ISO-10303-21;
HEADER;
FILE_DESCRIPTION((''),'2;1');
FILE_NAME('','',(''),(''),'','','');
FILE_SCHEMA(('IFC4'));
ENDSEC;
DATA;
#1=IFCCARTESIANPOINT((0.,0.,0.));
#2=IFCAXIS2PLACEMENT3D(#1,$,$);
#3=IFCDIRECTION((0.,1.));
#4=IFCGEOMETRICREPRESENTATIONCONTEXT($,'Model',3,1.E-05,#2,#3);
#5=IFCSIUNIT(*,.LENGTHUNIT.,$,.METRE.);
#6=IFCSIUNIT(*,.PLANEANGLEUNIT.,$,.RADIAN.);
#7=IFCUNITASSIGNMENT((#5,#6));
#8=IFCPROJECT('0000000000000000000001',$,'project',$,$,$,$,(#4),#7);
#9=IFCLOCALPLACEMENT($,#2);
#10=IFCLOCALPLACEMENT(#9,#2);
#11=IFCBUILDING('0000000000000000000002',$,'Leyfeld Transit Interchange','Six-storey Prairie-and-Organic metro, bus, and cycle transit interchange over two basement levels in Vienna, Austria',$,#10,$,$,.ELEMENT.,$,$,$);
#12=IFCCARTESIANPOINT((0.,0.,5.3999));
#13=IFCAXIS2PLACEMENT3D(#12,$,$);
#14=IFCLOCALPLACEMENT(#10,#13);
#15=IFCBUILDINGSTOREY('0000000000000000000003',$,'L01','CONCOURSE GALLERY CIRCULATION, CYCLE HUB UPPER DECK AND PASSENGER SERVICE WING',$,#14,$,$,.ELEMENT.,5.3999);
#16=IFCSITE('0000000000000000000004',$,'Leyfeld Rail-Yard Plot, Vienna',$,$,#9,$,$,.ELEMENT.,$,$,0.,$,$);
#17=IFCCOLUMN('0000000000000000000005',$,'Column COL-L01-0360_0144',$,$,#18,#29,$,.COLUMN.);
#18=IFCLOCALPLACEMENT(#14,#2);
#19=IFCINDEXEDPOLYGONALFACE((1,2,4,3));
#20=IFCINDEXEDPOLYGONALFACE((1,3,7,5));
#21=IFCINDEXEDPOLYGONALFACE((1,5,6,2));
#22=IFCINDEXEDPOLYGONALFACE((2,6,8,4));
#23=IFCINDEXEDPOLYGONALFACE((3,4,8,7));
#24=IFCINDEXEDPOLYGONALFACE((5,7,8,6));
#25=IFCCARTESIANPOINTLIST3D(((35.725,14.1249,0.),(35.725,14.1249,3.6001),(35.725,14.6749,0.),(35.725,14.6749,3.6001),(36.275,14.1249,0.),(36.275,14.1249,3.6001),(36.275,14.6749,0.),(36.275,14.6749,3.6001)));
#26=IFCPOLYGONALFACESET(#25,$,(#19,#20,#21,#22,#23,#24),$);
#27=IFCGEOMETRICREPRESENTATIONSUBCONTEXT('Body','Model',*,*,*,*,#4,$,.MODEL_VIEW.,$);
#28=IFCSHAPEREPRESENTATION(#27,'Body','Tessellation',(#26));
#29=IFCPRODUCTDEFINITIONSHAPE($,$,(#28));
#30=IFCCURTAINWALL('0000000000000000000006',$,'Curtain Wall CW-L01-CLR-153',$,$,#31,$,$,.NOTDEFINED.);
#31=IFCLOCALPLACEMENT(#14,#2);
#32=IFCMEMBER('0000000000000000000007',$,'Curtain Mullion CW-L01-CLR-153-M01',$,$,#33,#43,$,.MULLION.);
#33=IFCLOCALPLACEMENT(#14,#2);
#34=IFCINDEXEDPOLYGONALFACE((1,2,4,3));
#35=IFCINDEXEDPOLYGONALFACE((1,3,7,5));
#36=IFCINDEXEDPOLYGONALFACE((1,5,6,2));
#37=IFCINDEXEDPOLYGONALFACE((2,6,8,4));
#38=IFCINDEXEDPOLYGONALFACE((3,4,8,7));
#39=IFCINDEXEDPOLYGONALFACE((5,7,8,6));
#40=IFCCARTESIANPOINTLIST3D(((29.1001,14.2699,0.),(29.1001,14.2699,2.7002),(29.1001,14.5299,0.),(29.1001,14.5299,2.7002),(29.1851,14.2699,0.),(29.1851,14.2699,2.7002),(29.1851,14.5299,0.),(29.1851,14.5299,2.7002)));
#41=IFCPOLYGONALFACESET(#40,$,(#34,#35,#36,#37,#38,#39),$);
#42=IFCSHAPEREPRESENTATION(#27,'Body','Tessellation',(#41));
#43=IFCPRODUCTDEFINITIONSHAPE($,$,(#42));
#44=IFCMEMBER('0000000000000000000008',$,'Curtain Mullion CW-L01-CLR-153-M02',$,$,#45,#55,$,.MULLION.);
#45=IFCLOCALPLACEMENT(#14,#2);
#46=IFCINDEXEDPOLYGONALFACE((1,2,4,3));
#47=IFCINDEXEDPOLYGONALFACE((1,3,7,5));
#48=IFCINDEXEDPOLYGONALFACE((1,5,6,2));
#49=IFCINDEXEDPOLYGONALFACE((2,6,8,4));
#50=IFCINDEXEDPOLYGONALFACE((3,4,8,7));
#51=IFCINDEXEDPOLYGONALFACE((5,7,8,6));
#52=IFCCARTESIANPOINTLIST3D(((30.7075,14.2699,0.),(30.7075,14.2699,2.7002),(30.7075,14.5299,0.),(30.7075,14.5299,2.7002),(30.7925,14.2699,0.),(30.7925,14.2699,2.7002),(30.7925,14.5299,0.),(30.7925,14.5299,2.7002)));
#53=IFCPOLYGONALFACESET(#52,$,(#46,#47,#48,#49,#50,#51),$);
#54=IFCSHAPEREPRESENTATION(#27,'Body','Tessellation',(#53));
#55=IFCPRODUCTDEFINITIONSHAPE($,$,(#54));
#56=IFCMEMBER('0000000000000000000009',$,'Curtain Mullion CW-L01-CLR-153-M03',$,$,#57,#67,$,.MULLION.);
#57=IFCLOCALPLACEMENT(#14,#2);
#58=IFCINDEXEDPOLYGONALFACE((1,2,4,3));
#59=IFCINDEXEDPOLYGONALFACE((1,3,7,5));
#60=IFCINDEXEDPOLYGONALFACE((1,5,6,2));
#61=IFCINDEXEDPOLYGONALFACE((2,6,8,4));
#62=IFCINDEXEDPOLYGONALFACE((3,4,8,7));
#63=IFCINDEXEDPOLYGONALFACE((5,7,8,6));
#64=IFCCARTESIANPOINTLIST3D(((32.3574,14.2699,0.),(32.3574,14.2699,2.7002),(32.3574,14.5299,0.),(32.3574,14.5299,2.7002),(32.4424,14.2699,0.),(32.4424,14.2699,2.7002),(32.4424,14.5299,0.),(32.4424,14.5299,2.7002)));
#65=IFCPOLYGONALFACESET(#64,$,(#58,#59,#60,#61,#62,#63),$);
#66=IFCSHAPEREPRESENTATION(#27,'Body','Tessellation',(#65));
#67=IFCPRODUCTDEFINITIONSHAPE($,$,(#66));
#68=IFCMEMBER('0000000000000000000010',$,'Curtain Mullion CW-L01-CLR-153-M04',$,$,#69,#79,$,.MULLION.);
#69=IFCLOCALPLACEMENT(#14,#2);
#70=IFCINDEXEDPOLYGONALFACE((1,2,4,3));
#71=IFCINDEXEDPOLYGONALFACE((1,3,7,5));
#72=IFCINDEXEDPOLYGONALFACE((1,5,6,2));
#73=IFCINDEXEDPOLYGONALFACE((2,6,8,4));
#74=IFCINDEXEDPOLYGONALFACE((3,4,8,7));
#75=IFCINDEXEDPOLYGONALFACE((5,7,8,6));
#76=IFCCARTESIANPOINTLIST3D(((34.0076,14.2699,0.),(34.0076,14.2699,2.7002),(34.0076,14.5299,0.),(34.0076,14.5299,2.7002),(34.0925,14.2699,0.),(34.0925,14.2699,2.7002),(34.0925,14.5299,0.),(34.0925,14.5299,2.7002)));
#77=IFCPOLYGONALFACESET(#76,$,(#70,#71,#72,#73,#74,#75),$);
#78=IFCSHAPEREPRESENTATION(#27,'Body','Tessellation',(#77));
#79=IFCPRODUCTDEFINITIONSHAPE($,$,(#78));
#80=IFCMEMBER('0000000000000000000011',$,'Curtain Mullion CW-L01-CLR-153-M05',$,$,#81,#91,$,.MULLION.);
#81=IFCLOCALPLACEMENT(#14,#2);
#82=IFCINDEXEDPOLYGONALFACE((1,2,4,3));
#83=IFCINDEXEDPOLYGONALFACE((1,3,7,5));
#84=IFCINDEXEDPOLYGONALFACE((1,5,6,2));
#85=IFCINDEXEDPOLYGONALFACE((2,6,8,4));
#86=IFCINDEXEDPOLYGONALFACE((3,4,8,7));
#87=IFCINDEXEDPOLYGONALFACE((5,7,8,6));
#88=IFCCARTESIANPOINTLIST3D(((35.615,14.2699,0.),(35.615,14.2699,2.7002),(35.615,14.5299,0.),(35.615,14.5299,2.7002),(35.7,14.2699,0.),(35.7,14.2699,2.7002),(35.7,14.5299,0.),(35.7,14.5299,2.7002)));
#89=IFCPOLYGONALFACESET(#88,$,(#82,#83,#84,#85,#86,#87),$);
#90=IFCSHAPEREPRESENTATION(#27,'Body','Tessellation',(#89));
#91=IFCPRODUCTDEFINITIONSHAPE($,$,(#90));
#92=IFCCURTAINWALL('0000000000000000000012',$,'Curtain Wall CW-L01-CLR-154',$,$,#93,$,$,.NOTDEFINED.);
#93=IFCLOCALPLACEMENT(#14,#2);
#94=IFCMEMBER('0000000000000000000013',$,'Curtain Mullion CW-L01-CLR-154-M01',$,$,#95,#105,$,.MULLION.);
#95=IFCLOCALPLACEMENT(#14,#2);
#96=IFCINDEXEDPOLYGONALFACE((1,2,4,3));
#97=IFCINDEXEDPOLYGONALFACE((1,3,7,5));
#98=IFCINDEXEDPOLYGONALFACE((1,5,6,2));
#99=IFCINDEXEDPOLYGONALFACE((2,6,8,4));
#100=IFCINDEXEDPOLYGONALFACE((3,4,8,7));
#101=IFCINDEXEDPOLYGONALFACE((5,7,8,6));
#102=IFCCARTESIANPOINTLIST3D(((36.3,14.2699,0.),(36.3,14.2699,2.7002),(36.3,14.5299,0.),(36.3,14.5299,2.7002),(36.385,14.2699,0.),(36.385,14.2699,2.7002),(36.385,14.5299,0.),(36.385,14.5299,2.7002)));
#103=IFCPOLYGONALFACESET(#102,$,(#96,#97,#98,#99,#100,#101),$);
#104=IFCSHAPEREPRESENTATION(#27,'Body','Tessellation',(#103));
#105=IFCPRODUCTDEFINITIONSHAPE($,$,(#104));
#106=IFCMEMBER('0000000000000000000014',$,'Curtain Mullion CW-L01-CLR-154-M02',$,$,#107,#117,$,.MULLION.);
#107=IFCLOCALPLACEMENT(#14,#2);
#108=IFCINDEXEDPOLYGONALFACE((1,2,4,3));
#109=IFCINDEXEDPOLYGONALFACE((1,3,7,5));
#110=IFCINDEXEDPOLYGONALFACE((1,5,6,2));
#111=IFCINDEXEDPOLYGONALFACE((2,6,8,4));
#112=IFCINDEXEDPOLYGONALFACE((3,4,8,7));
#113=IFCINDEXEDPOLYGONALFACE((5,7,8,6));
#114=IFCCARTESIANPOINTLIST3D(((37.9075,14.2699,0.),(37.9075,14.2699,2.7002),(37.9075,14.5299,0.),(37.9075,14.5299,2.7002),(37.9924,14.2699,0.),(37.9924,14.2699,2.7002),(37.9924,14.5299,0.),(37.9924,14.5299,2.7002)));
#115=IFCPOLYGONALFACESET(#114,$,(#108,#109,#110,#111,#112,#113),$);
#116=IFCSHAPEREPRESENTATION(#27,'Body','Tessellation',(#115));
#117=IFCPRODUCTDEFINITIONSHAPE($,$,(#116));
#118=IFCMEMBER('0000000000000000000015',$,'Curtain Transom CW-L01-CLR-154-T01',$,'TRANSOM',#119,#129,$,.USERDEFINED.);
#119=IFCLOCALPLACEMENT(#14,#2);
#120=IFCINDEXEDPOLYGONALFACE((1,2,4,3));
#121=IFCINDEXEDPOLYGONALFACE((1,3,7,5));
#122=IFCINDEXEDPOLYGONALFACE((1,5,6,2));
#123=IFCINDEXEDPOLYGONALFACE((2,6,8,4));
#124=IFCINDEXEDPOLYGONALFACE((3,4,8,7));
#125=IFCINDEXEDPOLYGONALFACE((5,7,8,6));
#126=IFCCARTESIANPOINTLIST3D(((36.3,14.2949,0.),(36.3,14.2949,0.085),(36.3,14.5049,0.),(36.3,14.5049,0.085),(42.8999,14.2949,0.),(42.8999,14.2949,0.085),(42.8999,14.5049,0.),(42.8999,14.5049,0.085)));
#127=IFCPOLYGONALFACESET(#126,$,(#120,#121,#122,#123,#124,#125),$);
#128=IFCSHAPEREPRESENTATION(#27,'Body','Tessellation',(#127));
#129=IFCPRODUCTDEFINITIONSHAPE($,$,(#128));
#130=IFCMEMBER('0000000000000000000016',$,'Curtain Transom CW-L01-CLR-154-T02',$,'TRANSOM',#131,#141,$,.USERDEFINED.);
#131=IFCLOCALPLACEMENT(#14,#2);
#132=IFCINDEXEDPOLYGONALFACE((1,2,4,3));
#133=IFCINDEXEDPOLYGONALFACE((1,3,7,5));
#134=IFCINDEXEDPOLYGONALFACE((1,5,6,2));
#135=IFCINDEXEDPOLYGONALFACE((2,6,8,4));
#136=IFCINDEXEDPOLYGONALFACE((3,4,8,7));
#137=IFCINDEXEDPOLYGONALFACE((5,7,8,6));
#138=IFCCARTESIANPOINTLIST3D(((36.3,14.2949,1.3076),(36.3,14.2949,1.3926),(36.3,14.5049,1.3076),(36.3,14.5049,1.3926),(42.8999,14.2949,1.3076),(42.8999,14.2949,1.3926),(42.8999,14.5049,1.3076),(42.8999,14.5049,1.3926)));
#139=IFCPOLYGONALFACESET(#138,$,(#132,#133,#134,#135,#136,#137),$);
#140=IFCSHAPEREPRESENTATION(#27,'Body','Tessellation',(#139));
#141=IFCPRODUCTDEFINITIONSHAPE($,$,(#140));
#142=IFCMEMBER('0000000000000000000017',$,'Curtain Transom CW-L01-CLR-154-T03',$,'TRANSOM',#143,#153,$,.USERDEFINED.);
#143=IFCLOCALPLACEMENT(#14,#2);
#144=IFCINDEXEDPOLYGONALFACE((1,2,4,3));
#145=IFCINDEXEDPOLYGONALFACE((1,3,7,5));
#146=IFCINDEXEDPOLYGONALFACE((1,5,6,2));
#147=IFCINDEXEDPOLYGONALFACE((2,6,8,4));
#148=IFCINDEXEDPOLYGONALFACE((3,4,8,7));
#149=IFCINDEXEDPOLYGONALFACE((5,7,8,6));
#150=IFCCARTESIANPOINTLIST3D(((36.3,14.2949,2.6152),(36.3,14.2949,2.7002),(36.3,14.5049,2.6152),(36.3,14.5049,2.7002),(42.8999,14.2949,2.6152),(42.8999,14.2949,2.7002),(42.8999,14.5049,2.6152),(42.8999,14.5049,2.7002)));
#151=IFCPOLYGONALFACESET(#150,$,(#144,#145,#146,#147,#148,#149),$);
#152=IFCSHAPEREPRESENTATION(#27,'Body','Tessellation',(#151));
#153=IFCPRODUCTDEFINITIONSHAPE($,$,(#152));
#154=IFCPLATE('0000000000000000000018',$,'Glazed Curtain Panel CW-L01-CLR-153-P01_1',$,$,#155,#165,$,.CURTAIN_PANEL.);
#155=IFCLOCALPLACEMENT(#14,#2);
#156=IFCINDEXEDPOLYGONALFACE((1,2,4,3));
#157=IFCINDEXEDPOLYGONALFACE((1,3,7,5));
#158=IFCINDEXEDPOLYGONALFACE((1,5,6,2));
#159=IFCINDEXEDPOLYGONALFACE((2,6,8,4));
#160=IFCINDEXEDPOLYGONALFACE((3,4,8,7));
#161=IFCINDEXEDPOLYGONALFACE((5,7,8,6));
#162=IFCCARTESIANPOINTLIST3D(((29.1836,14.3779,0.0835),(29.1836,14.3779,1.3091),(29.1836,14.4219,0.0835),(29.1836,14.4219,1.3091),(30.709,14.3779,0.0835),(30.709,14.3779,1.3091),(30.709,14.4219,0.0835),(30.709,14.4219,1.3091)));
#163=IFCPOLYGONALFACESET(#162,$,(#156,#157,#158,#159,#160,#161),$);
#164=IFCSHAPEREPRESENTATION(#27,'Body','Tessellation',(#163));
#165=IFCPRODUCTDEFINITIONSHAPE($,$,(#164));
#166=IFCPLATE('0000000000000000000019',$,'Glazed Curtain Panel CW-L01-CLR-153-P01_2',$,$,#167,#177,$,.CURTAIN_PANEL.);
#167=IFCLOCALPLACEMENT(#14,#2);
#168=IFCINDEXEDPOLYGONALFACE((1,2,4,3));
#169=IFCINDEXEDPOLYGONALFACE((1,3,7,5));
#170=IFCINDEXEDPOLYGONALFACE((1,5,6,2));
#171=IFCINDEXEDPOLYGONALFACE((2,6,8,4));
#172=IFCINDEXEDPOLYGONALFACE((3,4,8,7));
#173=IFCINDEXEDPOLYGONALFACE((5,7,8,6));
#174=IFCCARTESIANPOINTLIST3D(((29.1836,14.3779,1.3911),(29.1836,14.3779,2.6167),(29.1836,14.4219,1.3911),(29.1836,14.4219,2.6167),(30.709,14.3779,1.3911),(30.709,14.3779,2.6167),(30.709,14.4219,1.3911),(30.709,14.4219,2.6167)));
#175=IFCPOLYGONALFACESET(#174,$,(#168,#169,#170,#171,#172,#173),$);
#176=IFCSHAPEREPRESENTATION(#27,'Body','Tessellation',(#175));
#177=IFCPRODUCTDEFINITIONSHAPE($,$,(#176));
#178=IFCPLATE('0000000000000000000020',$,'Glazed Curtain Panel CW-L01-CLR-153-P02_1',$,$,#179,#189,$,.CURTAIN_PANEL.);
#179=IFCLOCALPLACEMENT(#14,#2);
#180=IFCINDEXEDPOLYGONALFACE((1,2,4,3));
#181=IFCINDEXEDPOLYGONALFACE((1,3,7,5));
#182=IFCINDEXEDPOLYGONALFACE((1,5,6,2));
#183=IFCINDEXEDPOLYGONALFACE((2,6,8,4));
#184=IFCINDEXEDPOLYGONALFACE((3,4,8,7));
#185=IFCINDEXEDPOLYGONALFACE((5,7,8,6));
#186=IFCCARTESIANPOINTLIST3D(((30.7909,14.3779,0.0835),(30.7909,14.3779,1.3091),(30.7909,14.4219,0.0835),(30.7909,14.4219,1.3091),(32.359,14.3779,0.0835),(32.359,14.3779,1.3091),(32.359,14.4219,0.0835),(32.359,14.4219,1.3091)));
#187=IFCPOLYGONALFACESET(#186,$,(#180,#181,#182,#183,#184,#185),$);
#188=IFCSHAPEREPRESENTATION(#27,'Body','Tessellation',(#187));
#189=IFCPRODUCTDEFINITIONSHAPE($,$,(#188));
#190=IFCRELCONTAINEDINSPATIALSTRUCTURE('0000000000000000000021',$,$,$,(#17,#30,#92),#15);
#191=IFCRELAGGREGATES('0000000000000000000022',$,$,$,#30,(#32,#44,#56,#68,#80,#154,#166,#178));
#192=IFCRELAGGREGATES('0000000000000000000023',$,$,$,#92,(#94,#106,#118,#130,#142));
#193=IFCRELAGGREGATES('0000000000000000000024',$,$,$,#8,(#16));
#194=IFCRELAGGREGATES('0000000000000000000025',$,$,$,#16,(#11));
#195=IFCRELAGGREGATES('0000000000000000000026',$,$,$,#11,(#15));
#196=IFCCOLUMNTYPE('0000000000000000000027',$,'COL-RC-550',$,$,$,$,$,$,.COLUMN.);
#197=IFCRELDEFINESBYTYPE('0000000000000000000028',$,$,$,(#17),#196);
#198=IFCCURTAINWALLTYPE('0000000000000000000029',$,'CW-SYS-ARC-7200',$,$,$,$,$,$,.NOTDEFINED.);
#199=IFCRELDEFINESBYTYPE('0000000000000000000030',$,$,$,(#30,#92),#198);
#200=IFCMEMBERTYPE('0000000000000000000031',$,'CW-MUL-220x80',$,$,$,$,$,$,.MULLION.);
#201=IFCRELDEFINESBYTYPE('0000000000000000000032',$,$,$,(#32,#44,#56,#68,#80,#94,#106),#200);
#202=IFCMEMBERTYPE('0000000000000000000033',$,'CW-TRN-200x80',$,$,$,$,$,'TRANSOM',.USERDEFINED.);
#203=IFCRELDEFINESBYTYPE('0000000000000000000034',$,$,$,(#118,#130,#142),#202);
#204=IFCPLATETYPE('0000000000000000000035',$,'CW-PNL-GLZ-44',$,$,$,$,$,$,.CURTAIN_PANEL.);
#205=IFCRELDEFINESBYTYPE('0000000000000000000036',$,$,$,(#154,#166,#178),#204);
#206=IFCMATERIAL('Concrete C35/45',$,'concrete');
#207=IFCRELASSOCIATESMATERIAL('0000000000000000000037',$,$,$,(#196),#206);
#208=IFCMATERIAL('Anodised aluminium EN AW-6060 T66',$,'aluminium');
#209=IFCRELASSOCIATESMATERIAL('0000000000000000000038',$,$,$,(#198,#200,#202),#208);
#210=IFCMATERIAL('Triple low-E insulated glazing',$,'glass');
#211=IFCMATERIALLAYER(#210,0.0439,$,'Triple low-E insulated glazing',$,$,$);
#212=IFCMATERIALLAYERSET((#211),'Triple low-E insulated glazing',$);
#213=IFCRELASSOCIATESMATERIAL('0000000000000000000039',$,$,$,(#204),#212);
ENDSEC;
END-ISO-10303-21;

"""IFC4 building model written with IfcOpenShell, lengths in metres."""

from ifc_helpers import new_model, si_unit, direction, frame, origin, origin_2d, place, context, subcontext, project, spatial, rectangle, extrude, material, layer, layer_set, material_profile, profile_set, type_object, element, aggregate, save


model = new_model("IFC4")

# Units and contexts
model_context = context("Model", 3, precision=1e-05, world=origin(), true_north=direction((0.0, 1.0)))
body_context = subcontext(model_context, "Body", "Model", "MODEL_VIEW")
ifc_project = project(units=[si_unit("LENGTHUNIT", "METRE"), si_unit("PLANEANGLEUNIT", "RADIAN")], contexts=[model_context])

# Site, building, storey
site_placement = place(None, origin())
site = spatial("IfcSite", under=ifc_project, at=site_placement, Name="Leyfeld Rail-Yard Plot, Vienna", CompositionType="ELEMENT", RefElevation=0.0)
building_placement = place(site_placement, origin())
building = spatial("IfcBuilding", under=site, at=building_placement, Name="Leyfeld Transit Interchange", Description="Six-storey Prairie-and-Organic metro, bus, and cycle transit interchange over two basement levels in Vienna, Austria", CompositionType="ELEMENT")
storey_placement = place(building_placement, frame((0.0, 0.0, 5.3999)))
storey = spatial("IfcBuildingStorey", under=building, at=storey_placement, Name="L01", Description="CONCOURSE GALLERY CIRCULATION, CYCLE HUB UPPER DECK AND PASSENGER SERVICE WING", CompositionType="ELEMENT", Elevation=5.3999)

# Column
ifc_material_1 = material(Name="Concrete C35/45", Category="concrete")
ifc_material_profile_1 = material_profile(ifc_material_1, rectangle(XDim=0.55, YDim=0.55, at=origin_2d()), Name="RC 550x550")
ifc_profile_set_1 = profile_set([ifc_material_profile_1], Name="Concrete C35/45")
column_type = type_object("IfcColumnType", Name="COL-RC-550", PredefinedType="COLUMN", material=ifc_profile_set_1)
column_placement = place(storey_placement, frame((36.0, 14.3999, 0.0), z_axis=(0.0, 0.0, 1.0), x_axis=(1.0, 0.0, 0.0)))
element("IfcColumn", 1, at=column_placement, inside=storey, type_object=column_type, Name="Column COL-L01-0360_0144", PredefinedType="COLUMN", context=body_context, shape_type="SweptSolid", body=[
    extrude(rectangle(XDim=0.55, YDim=0.55, at=origin_2d()), origin(), (0.0, 0.0, 1.0), 3.6001),
])

# Curtain walls, members
ifc_material_2 = material(Name="Anodised aluminium EN AW-6060 T66", Category="aluminium")
curtain_wall_type = type_object("IfcCurtainWallType", Name="CW-SYS-ARC-7200", PredefinedType="NOTDEFINED", material=ifc_material_2)
curtain_wall_1_placement = place(storey_placement, origin())
curtain_wall_1 = element("IfcCurtainWall", 2, at=curtain_wall_1_placement, inside=storey, type_object=curtain_wall_type, Name="Curtain Wall CW-L01-CLR-153", PredefinedType="NOTDEFINED")
ifc_material_profile_2 = material_profile(ifc_material_2, rectangle(XDim=0.085, YDim=0.26, at=origin_2d()), Name="CW-M 85x260")
ifc_profile_set_2 = profile_set([ifc_material_profile_2], Name="Anodised aluminium EN AW-6060 T66")
member_type_1 = type_object("IfcMemberType", Name="CW-MUL-220x80", PredefinedType="MULLION", material=ifc_profile_set_2)
member_1_placement = place(storey_placement, frame((29.1426, 14.3999, 0.0), z_axis=(0.0, 0.0, 1.0), x_axis=(1.0, 0.0, 0.0)))
member_1 = element("IfcMember", 3, at=member_1_placement, type_object=member_type_1, Name="Curtain Mullion CW-L01-CLR-153-M01", PredefinedType="MULLION", context=body_context, shape_type="SweptSolid", body=[
    extrude(rectangle(XDim=0.085, YDim=0.26, at=origin_2d()), origin(), (0.0, 0.0, 1.0), 2.7002),
])
member_2_placement = place(storey_placement, frame((30.75, 14.3999, 0.0), z_axis=(0.0, 0.0, 1.0), x_axis=(1.0, 0.0, 0.0)))
member_2 = element("IfcMember", 4, at=member_2_placement, type_object=member_type_1, Name="Curtain Mullion CW-L01-CLR-153-M02", PredefinedType="MULLION", context=body_context, shape_type="SweptSolid", body=[
    extrude(rectangle(XDim=0.085, YDim=0.26, at=origin_2d()), origin(), (0.0, 0.0, 1.0), 2.7002),
])
member_3_placement = place(storey_placement, frame((32.3999, 14.3999, 0.0), z_axis=(0.0, 0.0, 1.0), x_axis=(1.0, 0.0, 0.0)))
member_3 = element("IfcMember", 5, at=member_3_placement, type_object=member_type_1, Name="Curtain Mullion CW-L01-CLR-153-M03", PredefinedType="MULLION", context=body_context, shape_type="SweptSolid", body=[
    extrude(rectangle(XDim=0.085, YDim=0.26, at=origin_2d()), origin(), (0.0, 0.0, 1.0), 2.7002),
])
member_4_placement = place(storey_placement, frame((34.05, 14.3999, 0.0), z_axis=(0.0, 0.0, 1.0), x_axis=(1.0, 0.0, 0.0)))
member_4 = element("IfcMember", 6, at=member_4_placement, type_object=member_type_1, Name="Curtain Mullion CW-L01-CLR-153-M04", PredefinedType="MULLION", context=body_context, shape_type="SweptSolid", body=[
    extrude(rectangle(XDim=0.085, YDim=0.26, at=origin_2d()), origin(), (0.0, 0.0, 1.0), 2.7002),
])
member_5_placement = place(storey_placement, frame((35.6575, 14.3999, 0.0), z_axis=(0.0, 0.0, 1.0), x_axis=(1.0, 0.0, 0.0)))
member_5 = element("IfcMember", 7, at=member_5_placement, type_object=member_type_1, Name="Curtain Mullion CW-L01-CLR-153-M05", PredefinedType="MULLION", context=body_context, shape_type="SweptSolid", body=[
    extrude(rectangle(XDim=0.085, YDim=0.26, at=origin_2d()), origin(), (0.0, 0.0, 1.0), 2.7002),
])
curtain_wall_2_placement = place(storey_placement, origin())
curtain_wall_2 = element("IfcCurtainWall", 8, at=curtain_wall_2_placement, inside=storey, type_object=curtain_wall_type, Name="Curtain Wall CW-L01-CLR-154", PredefinedType="NOTDEFINED")
member_6_placement = place(storey_placement, frame((36.3425, 14.3999, 0.0), z_axis=(0.0, 0.0, 1.0), x_axis=(1.0, 0.0, 0.0)))
member_6 = element("IfcMember", 9, at=member_6_placement, type_object=member_type_1, Name="Curtain Mullion CW-L01-CLR-154-M01", PredefinedType="MULLION", context=body_context, shape_type="SweptSolid", body=[
    extrude(rectangle(XDim=0.085, YDim=0.26, at=origin_2d()), origin(), (0.0, 0.0, 1.0), 2.7002),
])
member_7_placement = place(storey_placement, frame((37.95, 14.3999, 0.0), z_axis=(0.0, 0.0, 1.0), x_axis=(1.0, 0.0, 0.0)))
member_7 = element("IfcMember", 10, at=member_7_placement, type_object=member_type_1, Name="Curtain Mullion CW-L01-CLR-154-M02", PredefinedType="MULLION", context=body_context, shape_type="SweptSolid", body=[
    extrude(rectangle(XDim=0.085, YDim=0.26, at=origin_2d()), origin(), (0.0, 0.0, 1.0), 2.7002),
])
ifc_material_profile_3 = material_profile(ifc_material_2, rectangle(XDim=0.21, YDim=0.085, at=origin_2d()), Name="CW-TRN-200x80")
ifc_profile_set_3 = profile_set([ifc_material_profile_3], Name="Anodised aluminium EN AW-6060 T66")
member_type_2 = type_object("IfcMemberType", Name="CW-TRN-200x80", ElementType="TRANSOM", PredefinedType="USERDEFINED", material=ifc_profile_set_3)
member_8_placement = place(storey_placement, frame((36.3, 14.3999, 0.0425), z_axis=(1.0, 0.0, 0.0), x_axis=(0.0, 1.0, 0.0)))
member_8 = element("IfcMember", 11, at=member_8_placement, type_object=member_type_2, Name="Curtain Transom CW-L01-CLR-154-T01", ObjectType="TRANSOM", PredefinedType="USERDEFINED", context=body_context, shape_type="SweptSolid", body=[
    extrude(rectangle(XDim=0.21, YDim=0.085, at=origin_2d()), origin(), (0.0, 0.0, 1.0), 6.5999),
])
member_9_placement = place(storey_placement, frame((36.3, 14.3999, 1.3501), z_axis=(1.0, 0.0, 0.0), x_axis=(0.0, 1.0, 0.0)))
member_9 = element("IfcMember", 12, at=member_9_placement, type_object=member_type_2, Name="Curtain Transom CW-L01-CLR-154-T02", ObjectType="TRANSOM", PredefinedType="USERDEFINED", context=body_context, shape_type="SweptSolid", body=[
    extrude(rectangle(XDim=0.21, YDim=0.085, at=origin_2d()), origin(), (0.0, 0.0, 1.0), 6.5999),
])
member_10_placement = place(storey_placement, frame((36.3, 14.3999, 2.6577), z_axis=(1.0, 0.0, 0.0), x_axis=(0.0, 1.0, 0.0)))
member_10 = element("IfcMember", 13, at=member_10_placement, type_object=member_type_2, Name="Curtain Transom CW-L01-CLR-154-T03", ObjectType="TRANSOM", PredefinedType="USERDEFINED", context=body_context, shape_type="SweptSolid", body=[
    extrude(rectangle(XDim=0.21, YDim=0.085, at=origin_2d()), origin(), (0.0, 0.0, 1.0), 6.5999),
])

# Plates
ifc_material_3 = material(Name="Triple low-E insulated glazing", Category="glass")
ifc_layer = layer(ifc_material_3, 0.0439, Name="Triple low-E insulated glazing")
ifc_layer_set = layer_set([ifc_layer], Name="Triple low-E insulated glazing")
plate_type = type_object("IfcPlateType", Name="CW-PNL-GLZ-44", PredefinedType="CURTAIN_PANEL", material=ifc_layer_set)
plate_1_placement = place(storey_placement, frame((29.9463, 14.3999, 0.0835), z_axis=(0.0, 0.0, 1.0), x_axis=(1.0, 0.0, 0.0)))
plate_1 = element("IfcPlate", 14, at=plate_1_placement, type_object=plate_type, Name="Glazed Curtain Panel CW-L01-CLR-153-P01_1", PredefinedType="CURTAIN_PANEL", context=body_context, shape_type="SweptSolid", body=[
    extrude(rectangle(XDim=1.5254, YDim=0.0439, at=origin_2d()), origin(), (0.0, 0.0, 1.0), 1.2256),
])
plate_2_placement = place(storey_placement, frame((29.9463, 14.3999, 1.3911), z_axis=(0.0, 0.0, 1.0), x_axis=(1.0, 0.0, 0.0)))
plate_2 = element("IfcPlate", 15, at=plate_2_placement, type_object=plate_type, Name="Glazed Curtain Panel CW-L01-CLR-153-P01_2", PredefinedType="CURTAIN_PANEL", context=body_context, shape_type="SweptSolid", body=[
    extrude(rectangle(XDim=1.5254, YDim=0.0439, at=origin_2d()), origin(), (0.0, 0.0, 1.0), 1.2256),
])
plate_3_placement = place(storey_placement, frame((31.575, 14.3999, 0.0835), z_axis=(0.0, 0.0, 1.0), x_axis=(1.0, 0.0, 0.0)))
plate_3 = element("IfcPlate", 16, at=plate_3_placement, type_object=plate_type, Name="Glazed Curtain Panel CW-L01-CLR-153-P02_1", PredefinedType="CURTAIN_PANEL", context=body_context, shape_type="SweptSolid", body=[
    extrude(rectangle(XDim=1.5681, YDim=0.0439, at=origin_2d()), origin(), (0.0, 0.0, 1.0), 1.2256),
])
aggregate(curtain_wall_1, [member_1, member_2, member_3, member_4, member_5, plate_1, plate_2, plate_3])
aggregate(curtain_wall_2, [member_6, member_7, member_8, member_9, member_10])

save(model, "model.ifc")
